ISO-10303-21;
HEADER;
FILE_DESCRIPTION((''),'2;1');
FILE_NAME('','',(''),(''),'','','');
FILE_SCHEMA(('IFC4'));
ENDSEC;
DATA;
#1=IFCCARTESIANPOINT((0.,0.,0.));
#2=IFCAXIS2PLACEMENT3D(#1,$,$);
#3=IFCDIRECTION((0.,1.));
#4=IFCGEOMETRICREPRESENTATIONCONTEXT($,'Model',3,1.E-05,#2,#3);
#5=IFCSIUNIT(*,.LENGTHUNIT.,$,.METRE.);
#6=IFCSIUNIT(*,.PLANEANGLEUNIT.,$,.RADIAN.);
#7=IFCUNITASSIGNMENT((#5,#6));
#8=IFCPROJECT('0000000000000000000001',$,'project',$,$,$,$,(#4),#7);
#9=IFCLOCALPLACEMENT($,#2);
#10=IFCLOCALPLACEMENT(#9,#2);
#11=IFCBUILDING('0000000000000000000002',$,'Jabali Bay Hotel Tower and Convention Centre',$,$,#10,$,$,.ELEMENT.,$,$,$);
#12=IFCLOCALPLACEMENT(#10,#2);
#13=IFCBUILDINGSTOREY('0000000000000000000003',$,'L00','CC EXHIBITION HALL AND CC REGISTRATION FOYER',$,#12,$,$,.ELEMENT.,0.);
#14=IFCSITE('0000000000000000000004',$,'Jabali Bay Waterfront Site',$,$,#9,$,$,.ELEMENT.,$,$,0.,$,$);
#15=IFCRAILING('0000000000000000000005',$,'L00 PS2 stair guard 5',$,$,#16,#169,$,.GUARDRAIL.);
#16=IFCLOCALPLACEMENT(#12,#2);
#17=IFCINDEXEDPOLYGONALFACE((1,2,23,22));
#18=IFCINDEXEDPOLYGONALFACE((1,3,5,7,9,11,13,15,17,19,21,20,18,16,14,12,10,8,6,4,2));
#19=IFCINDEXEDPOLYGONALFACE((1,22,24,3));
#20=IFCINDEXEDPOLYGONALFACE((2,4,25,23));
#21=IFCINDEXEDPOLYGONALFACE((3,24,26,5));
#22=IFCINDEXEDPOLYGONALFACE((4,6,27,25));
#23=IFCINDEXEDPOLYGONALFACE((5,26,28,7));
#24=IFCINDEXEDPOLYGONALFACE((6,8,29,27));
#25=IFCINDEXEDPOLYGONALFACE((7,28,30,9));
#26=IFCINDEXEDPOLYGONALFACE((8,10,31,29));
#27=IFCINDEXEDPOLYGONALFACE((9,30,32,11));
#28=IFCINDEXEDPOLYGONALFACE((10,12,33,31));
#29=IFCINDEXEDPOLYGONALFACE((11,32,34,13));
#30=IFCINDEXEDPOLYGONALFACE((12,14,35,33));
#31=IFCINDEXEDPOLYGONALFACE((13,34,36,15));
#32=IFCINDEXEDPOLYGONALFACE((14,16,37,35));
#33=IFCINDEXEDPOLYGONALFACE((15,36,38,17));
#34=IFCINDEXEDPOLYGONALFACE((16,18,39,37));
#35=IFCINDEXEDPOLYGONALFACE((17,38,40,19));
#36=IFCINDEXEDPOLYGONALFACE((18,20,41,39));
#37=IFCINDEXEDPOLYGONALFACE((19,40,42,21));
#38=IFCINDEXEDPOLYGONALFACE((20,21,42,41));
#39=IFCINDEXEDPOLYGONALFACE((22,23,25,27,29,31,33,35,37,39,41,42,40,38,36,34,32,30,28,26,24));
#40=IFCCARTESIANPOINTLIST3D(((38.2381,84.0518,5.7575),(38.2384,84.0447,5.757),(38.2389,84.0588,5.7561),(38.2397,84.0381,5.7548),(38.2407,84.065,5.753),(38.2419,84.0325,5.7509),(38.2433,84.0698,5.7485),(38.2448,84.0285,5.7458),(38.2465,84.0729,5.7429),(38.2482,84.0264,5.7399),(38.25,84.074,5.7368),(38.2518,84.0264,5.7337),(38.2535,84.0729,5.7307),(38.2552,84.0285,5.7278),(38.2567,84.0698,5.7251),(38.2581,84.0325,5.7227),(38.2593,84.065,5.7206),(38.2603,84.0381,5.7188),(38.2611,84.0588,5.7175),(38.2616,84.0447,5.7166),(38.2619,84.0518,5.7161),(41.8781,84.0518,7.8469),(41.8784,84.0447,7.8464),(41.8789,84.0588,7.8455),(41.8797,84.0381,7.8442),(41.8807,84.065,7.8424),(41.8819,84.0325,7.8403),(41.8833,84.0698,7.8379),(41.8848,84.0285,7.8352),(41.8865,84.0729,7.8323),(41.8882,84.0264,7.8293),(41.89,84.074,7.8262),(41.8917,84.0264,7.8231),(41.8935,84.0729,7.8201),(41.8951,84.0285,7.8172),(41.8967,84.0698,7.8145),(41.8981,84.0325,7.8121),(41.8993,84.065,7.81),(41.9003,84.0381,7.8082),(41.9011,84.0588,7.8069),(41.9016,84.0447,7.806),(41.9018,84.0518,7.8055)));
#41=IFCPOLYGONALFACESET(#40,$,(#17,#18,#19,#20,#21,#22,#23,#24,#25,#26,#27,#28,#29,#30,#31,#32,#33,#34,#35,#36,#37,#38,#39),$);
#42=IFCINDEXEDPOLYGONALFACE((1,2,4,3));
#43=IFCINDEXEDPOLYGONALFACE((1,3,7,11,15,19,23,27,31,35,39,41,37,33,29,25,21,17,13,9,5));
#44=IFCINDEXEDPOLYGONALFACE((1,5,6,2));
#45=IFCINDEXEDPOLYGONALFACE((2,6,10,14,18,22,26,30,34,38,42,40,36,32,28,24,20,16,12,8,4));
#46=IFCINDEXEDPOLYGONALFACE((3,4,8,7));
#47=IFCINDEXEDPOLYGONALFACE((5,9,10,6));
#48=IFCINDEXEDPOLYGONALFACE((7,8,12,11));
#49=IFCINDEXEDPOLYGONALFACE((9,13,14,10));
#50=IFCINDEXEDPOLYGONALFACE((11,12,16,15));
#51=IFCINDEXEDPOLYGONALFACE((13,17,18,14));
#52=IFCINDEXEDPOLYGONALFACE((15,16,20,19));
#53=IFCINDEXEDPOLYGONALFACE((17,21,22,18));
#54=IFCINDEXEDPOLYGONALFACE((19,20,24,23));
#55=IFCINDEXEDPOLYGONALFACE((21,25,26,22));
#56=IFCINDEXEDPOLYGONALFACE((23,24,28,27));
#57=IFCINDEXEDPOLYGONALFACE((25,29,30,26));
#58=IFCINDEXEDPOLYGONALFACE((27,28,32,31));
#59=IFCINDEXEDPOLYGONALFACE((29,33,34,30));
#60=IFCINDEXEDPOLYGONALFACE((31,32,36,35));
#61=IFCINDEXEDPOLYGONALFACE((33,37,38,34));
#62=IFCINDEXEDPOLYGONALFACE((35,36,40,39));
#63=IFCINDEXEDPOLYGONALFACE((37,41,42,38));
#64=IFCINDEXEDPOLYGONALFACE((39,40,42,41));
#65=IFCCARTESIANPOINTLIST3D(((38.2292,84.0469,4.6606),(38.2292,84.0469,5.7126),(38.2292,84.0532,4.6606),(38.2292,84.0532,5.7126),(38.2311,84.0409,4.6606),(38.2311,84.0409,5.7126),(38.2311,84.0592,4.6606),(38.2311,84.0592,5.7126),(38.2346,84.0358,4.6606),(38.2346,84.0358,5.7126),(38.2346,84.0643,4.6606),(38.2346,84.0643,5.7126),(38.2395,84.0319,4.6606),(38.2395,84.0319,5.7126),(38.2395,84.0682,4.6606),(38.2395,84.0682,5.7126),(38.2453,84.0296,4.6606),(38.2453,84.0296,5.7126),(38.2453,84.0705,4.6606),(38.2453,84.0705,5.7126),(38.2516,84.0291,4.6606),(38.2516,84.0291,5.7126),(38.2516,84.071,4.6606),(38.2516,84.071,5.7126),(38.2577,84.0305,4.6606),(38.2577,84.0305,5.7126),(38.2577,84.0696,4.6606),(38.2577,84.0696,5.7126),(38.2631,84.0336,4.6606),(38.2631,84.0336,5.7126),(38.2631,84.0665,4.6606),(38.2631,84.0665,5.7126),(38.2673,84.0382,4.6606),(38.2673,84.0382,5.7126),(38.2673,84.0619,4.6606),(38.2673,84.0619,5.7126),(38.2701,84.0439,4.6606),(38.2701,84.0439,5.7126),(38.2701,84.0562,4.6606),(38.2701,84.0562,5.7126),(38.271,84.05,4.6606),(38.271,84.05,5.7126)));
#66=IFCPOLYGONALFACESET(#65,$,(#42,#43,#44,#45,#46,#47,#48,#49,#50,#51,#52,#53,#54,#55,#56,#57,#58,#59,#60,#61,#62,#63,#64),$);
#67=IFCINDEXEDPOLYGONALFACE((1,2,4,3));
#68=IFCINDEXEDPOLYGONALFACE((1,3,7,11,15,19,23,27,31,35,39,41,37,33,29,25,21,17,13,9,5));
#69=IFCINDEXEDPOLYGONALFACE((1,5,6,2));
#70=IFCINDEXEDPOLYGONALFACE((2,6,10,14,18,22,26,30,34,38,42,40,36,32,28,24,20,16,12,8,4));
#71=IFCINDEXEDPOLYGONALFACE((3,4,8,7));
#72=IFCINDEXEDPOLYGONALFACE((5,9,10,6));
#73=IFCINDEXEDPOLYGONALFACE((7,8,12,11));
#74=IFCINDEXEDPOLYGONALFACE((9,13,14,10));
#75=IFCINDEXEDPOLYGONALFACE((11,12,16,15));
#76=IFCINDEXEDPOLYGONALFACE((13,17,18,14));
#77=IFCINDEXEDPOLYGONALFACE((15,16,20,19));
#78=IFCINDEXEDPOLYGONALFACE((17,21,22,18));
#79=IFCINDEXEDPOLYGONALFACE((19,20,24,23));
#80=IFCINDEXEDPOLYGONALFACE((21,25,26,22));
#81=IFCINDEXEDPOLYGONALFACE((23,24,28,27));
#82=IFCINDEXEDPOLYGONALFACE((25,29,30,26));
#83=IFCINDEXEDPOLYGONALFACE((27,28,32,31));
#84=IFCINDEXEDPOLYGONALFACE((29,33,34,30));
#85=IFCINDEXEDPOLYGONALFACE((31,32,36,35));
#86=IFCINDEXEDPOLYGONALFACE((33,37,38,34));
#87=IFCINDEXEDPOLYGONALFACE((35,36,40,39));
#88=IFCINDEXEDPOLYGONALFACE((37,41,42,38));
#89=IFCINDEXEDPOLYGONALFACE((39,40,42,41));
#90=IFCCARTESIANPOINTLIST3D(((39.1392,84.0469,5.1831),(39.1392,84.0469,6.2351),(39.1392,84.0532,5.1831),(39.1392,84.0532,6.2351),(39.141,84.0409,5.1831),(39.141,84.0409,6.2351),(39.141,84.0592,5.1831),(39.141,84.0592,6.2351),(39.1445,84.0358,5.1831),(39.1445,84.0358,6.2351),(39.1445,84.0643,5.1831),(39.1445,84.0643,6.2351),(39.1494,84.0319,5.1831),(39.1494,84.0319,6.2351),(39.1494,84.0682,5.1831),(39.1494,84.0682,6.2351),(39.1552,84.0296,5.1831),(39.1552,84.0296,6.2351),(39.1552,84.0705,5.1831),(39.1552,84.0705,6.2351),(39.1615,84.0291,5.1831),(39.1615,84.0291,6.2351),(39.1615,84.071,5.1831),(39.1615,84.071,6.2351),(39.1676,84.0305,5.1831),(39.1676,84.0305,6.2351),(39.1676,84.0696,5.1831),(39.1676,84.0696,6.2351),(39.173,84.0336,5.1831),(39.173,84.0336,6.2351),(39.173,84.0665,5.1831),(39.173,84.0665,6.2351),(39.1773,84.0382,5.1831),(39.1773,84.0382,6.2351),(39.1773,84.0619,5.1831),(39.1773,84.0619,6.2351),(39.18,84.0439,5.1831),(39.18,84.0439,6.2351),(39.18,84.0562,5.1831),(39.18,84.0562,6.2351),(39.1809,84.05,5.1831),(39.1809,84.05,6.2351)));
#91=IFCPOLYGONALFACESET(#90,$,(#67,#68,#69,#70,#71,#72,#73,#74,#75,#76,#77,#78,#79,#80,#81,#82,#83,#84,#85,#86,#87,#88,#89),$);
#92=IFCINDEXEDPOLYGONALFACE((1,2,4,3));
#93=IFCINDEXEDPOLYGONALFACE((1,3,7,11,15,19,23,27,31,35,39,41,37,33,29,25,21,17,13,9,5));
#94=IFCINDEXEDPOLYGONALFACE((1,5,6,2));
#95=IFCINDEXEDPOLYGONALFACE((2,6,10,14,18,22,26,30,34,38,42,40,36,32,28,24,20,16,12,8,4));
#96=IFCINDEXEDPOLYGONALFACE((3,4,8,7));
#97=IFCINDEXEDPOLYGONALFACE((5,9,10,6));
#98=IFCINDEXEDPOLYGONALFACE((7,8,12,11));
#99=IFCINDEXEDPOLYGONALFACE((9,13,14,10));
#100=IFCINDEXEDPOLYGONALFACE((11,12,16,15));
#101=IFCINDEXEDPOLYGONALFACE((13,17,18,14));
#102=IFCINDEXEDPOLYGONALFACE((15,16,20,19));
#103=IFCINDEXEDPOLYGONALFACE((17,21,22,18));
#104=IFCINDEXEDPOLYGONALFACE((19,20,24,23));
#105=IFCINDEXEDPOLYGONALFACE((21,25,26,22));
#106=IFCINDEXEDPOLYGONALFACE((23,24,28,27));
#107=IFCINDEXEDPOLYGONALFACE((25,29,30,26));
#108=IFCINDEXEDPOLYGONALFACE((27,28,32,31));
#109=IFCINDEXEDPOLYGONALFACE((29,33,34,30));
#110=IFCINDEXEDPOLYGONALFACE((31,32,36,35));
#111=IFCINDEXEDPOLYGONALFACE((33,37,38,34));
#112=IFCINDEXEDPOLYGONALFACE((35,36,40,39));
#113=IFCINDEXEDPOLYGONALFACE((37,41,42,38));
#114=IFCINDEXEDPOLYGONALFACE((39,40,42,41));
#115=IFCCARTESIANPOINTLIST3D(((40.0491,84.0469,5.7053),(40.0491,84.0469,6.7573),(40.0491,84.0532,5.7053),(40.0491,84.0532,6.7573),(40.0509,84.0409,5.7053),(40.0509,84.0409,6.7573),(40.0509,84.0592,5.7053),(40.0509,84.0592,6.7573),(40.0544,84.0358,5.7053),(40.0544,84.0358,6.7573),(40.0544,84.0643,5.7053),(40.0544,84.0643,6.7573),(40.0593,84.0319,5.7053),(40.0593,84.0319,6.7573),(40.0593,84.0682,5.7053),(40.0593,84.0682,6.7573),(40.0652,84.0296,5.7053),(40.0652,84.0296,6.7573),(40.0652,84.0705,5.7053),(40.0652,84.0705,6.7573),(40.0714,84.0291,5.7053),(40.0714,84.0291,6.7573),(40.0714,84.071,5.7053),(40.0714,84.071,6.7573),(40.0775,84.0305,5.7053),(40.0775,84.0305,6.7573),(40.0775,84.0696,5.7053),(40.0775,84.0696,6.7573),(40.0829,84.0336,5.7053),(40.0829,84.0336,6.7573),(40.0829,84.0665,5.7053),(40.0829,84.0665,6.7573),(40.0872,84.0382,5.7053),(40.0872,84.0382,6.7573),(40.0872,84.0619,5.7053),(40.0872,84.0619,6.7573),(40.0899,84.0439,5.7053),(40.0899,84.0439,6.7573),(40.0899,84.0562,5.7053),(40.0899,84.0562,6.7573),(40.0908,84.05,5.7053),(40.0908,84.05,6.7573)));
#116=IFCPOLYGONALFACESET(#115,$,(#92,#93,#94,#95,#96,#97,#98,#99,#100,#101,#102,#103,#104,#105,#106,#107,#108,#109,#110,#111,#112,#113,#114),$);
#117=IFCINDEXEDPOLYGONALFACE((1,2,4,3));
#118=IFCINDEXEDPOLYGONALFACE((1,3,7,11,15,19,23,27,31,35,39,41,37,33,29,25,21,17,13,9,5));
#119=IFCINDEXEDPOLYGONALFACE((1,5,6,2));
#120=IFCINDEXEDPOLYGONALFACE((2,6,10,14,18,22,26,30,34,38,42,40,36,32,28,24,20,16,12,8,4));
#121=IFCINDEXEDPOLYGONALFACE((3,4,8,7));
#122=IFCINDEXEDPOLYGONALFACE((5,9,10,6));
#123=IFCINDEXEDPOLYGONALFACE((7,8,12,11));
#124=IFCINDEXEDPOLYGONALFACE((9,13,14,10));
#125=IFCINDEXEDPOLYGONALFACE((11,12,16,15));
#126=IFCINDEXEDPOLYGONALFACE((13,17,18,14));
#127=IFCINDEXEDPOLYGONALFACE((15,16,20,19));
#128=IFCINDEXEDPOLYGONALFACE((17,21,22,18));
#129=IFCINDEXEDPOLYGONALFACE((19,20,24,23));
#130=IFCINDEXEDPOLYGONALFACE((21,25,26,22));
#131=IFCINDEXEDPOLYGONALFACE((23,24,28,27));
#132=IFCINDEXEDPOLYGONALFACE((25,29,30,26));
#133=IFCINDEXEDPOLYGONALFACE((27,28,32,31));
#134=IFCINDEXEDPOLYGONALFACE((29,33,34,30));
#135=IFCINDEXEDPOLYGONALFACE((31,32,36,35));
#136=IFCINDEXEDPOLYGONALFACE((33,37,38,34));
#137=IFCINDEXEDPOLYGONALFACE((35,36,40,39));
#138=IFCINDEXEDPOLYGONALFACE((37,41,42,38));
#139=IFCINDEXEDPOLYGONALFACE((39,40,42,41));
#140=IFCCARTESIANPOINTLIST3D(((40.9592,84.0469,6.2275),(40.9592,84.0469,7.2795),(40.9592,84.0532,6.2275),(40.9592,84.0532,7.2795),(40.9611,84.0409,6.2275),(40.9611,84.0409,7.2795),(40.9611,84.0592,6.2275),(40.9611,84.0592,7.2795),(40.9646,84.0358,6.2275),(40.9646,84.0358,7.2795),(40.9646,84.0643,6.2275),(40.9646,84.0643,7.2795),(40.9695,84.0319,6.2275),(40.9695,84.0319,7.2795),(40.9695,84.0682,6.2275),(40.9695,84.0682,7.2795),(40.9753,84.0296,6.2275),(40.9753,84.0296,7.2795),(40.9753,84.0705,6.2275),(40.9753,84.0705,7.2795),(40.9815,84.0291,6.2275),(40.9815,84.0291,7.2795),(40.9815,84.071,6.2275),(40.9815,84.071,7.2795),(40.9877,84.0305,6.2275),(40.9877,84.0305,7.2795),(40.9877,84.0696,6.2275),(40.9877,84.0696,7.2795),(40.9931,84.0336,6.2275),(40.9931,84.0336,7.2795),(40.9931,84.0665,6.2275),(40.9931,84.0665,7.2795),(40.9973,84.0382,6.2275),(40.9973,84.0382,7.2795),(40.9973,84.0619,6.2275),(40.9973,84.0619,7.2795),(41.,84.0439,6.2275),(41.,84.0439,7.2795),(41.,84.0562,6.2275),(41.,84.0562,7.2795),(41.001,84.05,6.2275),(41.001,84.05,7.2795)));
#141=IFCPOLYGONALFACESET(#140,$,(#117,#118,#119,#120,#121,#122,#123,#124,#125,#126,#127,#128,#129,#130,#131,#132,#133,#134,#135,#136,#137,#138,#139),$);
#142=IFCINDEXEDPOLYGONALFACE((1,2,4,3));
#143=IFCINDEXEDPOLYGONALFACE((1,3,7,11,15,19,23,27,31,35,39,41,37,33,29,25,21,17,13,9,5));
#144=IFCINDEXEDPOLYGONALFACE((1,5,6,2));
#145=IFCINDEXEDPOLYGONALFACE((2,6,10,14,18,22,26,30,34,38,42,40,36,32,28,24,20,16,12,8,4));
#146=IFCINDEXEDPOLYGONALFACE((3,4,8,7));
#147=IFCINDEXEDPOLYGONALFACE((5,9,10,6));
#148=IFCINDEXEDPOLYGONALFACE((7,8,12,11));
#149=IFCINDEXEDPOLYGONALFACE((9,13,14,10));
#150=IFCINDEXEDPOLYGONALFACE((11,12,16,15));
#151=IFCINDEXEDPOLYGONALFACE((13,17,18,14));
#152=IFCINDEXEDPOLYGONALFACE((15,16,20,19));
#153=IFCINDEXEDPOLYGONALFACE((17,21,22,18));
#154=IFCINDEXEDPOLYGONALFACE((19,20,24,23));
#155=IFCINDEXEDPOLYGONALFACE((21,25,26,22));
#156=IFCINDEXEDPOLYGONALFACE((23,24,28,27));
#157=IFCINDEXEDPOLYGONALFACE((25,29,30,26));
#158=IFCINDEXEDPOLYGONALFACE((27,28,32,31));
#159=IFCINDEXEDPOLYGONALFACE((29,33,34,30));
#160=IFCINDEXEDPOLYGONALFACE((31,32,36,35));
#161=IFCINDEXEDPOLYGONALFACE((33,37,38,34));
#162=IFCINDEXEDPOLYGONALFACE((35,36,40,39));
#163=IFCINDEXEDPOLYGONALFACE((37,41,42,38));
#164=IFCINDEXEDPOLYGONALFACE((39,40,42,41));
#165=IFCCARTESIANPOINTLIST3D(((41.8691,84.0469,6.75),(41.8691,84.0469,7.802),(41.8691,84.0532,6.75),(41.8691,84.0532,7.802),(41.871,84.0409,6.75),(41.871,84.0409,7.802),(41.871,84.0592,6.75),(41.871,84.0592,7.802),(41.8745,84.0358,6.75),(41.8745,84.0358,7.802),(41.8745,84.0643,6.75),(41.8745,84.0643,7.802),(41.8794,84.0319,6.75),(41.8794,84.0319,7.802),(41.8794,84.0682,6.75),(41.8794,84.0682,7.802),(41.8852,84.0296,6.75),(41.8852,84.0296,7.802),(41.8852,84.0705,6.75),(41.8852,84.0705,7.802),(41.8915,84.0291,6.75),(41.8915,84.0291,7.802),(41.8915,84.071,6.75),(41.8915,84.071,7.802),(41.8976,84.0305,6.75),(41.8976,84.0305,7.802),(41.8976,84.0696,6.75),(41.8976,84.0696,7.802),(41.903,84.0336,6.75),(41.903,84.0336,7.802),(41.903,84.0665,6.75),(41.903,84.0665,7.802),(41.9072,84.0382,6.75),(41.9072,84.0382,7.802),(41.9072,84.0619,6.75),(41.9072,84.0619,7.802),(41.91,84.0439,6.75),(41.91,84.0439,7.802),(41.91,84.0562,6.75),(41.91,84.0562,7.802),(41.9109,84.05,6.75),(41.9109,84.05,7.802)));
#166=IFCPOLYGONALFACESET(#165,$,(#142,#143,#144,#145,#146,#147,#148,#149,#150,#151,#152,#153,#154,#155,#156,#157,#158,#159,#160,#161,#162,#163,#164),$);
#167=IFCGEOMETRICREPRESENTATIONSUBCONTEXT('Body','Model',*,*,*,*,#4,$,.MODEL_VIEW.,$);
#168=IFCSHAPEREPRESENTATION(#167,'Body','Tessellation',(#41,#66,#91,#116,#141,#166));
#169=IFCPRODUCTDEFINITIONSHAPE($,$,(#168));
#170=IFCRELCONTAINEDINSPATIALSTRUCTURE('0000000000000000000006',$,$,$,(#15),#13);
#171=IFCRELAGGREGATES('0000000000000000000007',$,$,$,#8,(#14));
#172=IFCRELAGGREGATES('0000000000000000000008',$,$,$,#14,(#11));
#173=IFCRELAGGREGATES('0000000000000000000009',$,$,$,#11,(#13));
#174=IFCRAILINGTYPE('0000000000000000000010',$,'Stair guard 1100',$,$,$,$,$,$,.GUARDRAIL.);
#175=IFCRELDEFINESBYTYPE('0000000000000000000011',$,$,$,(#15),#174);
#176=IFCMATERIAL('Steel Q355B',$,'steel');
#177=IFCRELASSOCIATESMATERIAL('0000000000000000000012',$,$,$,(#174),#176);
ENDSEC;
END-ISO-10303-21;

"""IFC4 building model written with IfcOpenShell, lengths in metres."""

from ifc_helpers import new_model, si_unit, direction, frame, origin, origin_2d, place, context, subcontext, project, spatial, circle, extrude, material, type_object, element, save


model = new_model("IFC4")

# Units and contexts
model_context = context("Model", 3, precision=1e-05, world=origin(), true_north=direction((0.0, 1.0)))
body_context = subcontext(model_context, "Body", "Model", "MODEL_VIEW")
ifc_project = project(units=[si_unit("LENGTHUNIT", "METRE"), si_unit("PLANEANGLEUNIT", "RADIAN")], contexts=[model_context])

# Site, building, storey
site_placement = place(None, origin())
site = spatial("IfcSite", under=ifc_project, at=site_placement, Name="Jabali Bay Waterfront Site", CompositionType="ELEMENT", RefElevation=0.0)
building_placement = place(site_placement, origin())
building = spatial("IfcBuilding", under=site, at=building_placement, Name="Jabali Bay Hotel Tower and Convention Centre", CompositionType="ELEMENT")
storey_placement = place(building_placement, origin())
storey = spatial("IfcBuildingStorey", under=building, at=storey_placement, Name="L00", Description="CC EXHIBITION HALL AND CC REGISTRATION FOYER", CompositionType="ELEMENT", Elevation=0.0)

# Railing
ifc_material_1 = material(Name="Steel Q355B", Category="steel")
railing_type_1 = type_object("IfcRailingType", Name="Stair guard 1100", PredefinedType="GUARDRAIL", material=ifc_material_1)
railing_1_placement = place(storey_placement, frame((38.25, 84.05, 4.6606)))
element("IfcRailing", 1, at=railing_1_placement, inside=storey, type_object=railing_type_1, Name="L00 PS2 stair guard 5", PredefinedType="GUARDRAIL", context=body_context, shape_type="SweptSolid", body=[
    extrude(circle(Radius=0.0239, at=origin_2d()), frame((0.0, 0.0, 1.0762), z_axis=(0.867275, 0.0, 0.497829), x_axis=(0.0, 1.0, 0.0)), (0.0, 0.0, 1.0), 4.197),
    extrude(circle(Radius=0.021, at=origin_2d()), origin(), (0.0, 0.0, 1.0), 1.052),
    extrude(circle(Radius=0.021, at=origin_2d()), frame((0.9099, 0.0, 0.5225)), (0.0, 0.0, 1.0), 1.052),
    extrude(circle(Radius=0.021, at=origin_2d()), frame((1.8198, 0.0, 1.0447)), (0.0, 0.0, 1.0), 1.052),
    extrude(circle(Radius=0.021, at=origin_2d()), frame((2.73, 0.0, 1.5669)), (0.0, 0.0, 1.0), 1.052),
    extrude(circle(Radius=0.021, at=origin_2d()), frame((3.6399, 0.0, 2.0894)), (0.0, 0.0, 1.0), 1.052),
])

save(model, "model.ifc")
